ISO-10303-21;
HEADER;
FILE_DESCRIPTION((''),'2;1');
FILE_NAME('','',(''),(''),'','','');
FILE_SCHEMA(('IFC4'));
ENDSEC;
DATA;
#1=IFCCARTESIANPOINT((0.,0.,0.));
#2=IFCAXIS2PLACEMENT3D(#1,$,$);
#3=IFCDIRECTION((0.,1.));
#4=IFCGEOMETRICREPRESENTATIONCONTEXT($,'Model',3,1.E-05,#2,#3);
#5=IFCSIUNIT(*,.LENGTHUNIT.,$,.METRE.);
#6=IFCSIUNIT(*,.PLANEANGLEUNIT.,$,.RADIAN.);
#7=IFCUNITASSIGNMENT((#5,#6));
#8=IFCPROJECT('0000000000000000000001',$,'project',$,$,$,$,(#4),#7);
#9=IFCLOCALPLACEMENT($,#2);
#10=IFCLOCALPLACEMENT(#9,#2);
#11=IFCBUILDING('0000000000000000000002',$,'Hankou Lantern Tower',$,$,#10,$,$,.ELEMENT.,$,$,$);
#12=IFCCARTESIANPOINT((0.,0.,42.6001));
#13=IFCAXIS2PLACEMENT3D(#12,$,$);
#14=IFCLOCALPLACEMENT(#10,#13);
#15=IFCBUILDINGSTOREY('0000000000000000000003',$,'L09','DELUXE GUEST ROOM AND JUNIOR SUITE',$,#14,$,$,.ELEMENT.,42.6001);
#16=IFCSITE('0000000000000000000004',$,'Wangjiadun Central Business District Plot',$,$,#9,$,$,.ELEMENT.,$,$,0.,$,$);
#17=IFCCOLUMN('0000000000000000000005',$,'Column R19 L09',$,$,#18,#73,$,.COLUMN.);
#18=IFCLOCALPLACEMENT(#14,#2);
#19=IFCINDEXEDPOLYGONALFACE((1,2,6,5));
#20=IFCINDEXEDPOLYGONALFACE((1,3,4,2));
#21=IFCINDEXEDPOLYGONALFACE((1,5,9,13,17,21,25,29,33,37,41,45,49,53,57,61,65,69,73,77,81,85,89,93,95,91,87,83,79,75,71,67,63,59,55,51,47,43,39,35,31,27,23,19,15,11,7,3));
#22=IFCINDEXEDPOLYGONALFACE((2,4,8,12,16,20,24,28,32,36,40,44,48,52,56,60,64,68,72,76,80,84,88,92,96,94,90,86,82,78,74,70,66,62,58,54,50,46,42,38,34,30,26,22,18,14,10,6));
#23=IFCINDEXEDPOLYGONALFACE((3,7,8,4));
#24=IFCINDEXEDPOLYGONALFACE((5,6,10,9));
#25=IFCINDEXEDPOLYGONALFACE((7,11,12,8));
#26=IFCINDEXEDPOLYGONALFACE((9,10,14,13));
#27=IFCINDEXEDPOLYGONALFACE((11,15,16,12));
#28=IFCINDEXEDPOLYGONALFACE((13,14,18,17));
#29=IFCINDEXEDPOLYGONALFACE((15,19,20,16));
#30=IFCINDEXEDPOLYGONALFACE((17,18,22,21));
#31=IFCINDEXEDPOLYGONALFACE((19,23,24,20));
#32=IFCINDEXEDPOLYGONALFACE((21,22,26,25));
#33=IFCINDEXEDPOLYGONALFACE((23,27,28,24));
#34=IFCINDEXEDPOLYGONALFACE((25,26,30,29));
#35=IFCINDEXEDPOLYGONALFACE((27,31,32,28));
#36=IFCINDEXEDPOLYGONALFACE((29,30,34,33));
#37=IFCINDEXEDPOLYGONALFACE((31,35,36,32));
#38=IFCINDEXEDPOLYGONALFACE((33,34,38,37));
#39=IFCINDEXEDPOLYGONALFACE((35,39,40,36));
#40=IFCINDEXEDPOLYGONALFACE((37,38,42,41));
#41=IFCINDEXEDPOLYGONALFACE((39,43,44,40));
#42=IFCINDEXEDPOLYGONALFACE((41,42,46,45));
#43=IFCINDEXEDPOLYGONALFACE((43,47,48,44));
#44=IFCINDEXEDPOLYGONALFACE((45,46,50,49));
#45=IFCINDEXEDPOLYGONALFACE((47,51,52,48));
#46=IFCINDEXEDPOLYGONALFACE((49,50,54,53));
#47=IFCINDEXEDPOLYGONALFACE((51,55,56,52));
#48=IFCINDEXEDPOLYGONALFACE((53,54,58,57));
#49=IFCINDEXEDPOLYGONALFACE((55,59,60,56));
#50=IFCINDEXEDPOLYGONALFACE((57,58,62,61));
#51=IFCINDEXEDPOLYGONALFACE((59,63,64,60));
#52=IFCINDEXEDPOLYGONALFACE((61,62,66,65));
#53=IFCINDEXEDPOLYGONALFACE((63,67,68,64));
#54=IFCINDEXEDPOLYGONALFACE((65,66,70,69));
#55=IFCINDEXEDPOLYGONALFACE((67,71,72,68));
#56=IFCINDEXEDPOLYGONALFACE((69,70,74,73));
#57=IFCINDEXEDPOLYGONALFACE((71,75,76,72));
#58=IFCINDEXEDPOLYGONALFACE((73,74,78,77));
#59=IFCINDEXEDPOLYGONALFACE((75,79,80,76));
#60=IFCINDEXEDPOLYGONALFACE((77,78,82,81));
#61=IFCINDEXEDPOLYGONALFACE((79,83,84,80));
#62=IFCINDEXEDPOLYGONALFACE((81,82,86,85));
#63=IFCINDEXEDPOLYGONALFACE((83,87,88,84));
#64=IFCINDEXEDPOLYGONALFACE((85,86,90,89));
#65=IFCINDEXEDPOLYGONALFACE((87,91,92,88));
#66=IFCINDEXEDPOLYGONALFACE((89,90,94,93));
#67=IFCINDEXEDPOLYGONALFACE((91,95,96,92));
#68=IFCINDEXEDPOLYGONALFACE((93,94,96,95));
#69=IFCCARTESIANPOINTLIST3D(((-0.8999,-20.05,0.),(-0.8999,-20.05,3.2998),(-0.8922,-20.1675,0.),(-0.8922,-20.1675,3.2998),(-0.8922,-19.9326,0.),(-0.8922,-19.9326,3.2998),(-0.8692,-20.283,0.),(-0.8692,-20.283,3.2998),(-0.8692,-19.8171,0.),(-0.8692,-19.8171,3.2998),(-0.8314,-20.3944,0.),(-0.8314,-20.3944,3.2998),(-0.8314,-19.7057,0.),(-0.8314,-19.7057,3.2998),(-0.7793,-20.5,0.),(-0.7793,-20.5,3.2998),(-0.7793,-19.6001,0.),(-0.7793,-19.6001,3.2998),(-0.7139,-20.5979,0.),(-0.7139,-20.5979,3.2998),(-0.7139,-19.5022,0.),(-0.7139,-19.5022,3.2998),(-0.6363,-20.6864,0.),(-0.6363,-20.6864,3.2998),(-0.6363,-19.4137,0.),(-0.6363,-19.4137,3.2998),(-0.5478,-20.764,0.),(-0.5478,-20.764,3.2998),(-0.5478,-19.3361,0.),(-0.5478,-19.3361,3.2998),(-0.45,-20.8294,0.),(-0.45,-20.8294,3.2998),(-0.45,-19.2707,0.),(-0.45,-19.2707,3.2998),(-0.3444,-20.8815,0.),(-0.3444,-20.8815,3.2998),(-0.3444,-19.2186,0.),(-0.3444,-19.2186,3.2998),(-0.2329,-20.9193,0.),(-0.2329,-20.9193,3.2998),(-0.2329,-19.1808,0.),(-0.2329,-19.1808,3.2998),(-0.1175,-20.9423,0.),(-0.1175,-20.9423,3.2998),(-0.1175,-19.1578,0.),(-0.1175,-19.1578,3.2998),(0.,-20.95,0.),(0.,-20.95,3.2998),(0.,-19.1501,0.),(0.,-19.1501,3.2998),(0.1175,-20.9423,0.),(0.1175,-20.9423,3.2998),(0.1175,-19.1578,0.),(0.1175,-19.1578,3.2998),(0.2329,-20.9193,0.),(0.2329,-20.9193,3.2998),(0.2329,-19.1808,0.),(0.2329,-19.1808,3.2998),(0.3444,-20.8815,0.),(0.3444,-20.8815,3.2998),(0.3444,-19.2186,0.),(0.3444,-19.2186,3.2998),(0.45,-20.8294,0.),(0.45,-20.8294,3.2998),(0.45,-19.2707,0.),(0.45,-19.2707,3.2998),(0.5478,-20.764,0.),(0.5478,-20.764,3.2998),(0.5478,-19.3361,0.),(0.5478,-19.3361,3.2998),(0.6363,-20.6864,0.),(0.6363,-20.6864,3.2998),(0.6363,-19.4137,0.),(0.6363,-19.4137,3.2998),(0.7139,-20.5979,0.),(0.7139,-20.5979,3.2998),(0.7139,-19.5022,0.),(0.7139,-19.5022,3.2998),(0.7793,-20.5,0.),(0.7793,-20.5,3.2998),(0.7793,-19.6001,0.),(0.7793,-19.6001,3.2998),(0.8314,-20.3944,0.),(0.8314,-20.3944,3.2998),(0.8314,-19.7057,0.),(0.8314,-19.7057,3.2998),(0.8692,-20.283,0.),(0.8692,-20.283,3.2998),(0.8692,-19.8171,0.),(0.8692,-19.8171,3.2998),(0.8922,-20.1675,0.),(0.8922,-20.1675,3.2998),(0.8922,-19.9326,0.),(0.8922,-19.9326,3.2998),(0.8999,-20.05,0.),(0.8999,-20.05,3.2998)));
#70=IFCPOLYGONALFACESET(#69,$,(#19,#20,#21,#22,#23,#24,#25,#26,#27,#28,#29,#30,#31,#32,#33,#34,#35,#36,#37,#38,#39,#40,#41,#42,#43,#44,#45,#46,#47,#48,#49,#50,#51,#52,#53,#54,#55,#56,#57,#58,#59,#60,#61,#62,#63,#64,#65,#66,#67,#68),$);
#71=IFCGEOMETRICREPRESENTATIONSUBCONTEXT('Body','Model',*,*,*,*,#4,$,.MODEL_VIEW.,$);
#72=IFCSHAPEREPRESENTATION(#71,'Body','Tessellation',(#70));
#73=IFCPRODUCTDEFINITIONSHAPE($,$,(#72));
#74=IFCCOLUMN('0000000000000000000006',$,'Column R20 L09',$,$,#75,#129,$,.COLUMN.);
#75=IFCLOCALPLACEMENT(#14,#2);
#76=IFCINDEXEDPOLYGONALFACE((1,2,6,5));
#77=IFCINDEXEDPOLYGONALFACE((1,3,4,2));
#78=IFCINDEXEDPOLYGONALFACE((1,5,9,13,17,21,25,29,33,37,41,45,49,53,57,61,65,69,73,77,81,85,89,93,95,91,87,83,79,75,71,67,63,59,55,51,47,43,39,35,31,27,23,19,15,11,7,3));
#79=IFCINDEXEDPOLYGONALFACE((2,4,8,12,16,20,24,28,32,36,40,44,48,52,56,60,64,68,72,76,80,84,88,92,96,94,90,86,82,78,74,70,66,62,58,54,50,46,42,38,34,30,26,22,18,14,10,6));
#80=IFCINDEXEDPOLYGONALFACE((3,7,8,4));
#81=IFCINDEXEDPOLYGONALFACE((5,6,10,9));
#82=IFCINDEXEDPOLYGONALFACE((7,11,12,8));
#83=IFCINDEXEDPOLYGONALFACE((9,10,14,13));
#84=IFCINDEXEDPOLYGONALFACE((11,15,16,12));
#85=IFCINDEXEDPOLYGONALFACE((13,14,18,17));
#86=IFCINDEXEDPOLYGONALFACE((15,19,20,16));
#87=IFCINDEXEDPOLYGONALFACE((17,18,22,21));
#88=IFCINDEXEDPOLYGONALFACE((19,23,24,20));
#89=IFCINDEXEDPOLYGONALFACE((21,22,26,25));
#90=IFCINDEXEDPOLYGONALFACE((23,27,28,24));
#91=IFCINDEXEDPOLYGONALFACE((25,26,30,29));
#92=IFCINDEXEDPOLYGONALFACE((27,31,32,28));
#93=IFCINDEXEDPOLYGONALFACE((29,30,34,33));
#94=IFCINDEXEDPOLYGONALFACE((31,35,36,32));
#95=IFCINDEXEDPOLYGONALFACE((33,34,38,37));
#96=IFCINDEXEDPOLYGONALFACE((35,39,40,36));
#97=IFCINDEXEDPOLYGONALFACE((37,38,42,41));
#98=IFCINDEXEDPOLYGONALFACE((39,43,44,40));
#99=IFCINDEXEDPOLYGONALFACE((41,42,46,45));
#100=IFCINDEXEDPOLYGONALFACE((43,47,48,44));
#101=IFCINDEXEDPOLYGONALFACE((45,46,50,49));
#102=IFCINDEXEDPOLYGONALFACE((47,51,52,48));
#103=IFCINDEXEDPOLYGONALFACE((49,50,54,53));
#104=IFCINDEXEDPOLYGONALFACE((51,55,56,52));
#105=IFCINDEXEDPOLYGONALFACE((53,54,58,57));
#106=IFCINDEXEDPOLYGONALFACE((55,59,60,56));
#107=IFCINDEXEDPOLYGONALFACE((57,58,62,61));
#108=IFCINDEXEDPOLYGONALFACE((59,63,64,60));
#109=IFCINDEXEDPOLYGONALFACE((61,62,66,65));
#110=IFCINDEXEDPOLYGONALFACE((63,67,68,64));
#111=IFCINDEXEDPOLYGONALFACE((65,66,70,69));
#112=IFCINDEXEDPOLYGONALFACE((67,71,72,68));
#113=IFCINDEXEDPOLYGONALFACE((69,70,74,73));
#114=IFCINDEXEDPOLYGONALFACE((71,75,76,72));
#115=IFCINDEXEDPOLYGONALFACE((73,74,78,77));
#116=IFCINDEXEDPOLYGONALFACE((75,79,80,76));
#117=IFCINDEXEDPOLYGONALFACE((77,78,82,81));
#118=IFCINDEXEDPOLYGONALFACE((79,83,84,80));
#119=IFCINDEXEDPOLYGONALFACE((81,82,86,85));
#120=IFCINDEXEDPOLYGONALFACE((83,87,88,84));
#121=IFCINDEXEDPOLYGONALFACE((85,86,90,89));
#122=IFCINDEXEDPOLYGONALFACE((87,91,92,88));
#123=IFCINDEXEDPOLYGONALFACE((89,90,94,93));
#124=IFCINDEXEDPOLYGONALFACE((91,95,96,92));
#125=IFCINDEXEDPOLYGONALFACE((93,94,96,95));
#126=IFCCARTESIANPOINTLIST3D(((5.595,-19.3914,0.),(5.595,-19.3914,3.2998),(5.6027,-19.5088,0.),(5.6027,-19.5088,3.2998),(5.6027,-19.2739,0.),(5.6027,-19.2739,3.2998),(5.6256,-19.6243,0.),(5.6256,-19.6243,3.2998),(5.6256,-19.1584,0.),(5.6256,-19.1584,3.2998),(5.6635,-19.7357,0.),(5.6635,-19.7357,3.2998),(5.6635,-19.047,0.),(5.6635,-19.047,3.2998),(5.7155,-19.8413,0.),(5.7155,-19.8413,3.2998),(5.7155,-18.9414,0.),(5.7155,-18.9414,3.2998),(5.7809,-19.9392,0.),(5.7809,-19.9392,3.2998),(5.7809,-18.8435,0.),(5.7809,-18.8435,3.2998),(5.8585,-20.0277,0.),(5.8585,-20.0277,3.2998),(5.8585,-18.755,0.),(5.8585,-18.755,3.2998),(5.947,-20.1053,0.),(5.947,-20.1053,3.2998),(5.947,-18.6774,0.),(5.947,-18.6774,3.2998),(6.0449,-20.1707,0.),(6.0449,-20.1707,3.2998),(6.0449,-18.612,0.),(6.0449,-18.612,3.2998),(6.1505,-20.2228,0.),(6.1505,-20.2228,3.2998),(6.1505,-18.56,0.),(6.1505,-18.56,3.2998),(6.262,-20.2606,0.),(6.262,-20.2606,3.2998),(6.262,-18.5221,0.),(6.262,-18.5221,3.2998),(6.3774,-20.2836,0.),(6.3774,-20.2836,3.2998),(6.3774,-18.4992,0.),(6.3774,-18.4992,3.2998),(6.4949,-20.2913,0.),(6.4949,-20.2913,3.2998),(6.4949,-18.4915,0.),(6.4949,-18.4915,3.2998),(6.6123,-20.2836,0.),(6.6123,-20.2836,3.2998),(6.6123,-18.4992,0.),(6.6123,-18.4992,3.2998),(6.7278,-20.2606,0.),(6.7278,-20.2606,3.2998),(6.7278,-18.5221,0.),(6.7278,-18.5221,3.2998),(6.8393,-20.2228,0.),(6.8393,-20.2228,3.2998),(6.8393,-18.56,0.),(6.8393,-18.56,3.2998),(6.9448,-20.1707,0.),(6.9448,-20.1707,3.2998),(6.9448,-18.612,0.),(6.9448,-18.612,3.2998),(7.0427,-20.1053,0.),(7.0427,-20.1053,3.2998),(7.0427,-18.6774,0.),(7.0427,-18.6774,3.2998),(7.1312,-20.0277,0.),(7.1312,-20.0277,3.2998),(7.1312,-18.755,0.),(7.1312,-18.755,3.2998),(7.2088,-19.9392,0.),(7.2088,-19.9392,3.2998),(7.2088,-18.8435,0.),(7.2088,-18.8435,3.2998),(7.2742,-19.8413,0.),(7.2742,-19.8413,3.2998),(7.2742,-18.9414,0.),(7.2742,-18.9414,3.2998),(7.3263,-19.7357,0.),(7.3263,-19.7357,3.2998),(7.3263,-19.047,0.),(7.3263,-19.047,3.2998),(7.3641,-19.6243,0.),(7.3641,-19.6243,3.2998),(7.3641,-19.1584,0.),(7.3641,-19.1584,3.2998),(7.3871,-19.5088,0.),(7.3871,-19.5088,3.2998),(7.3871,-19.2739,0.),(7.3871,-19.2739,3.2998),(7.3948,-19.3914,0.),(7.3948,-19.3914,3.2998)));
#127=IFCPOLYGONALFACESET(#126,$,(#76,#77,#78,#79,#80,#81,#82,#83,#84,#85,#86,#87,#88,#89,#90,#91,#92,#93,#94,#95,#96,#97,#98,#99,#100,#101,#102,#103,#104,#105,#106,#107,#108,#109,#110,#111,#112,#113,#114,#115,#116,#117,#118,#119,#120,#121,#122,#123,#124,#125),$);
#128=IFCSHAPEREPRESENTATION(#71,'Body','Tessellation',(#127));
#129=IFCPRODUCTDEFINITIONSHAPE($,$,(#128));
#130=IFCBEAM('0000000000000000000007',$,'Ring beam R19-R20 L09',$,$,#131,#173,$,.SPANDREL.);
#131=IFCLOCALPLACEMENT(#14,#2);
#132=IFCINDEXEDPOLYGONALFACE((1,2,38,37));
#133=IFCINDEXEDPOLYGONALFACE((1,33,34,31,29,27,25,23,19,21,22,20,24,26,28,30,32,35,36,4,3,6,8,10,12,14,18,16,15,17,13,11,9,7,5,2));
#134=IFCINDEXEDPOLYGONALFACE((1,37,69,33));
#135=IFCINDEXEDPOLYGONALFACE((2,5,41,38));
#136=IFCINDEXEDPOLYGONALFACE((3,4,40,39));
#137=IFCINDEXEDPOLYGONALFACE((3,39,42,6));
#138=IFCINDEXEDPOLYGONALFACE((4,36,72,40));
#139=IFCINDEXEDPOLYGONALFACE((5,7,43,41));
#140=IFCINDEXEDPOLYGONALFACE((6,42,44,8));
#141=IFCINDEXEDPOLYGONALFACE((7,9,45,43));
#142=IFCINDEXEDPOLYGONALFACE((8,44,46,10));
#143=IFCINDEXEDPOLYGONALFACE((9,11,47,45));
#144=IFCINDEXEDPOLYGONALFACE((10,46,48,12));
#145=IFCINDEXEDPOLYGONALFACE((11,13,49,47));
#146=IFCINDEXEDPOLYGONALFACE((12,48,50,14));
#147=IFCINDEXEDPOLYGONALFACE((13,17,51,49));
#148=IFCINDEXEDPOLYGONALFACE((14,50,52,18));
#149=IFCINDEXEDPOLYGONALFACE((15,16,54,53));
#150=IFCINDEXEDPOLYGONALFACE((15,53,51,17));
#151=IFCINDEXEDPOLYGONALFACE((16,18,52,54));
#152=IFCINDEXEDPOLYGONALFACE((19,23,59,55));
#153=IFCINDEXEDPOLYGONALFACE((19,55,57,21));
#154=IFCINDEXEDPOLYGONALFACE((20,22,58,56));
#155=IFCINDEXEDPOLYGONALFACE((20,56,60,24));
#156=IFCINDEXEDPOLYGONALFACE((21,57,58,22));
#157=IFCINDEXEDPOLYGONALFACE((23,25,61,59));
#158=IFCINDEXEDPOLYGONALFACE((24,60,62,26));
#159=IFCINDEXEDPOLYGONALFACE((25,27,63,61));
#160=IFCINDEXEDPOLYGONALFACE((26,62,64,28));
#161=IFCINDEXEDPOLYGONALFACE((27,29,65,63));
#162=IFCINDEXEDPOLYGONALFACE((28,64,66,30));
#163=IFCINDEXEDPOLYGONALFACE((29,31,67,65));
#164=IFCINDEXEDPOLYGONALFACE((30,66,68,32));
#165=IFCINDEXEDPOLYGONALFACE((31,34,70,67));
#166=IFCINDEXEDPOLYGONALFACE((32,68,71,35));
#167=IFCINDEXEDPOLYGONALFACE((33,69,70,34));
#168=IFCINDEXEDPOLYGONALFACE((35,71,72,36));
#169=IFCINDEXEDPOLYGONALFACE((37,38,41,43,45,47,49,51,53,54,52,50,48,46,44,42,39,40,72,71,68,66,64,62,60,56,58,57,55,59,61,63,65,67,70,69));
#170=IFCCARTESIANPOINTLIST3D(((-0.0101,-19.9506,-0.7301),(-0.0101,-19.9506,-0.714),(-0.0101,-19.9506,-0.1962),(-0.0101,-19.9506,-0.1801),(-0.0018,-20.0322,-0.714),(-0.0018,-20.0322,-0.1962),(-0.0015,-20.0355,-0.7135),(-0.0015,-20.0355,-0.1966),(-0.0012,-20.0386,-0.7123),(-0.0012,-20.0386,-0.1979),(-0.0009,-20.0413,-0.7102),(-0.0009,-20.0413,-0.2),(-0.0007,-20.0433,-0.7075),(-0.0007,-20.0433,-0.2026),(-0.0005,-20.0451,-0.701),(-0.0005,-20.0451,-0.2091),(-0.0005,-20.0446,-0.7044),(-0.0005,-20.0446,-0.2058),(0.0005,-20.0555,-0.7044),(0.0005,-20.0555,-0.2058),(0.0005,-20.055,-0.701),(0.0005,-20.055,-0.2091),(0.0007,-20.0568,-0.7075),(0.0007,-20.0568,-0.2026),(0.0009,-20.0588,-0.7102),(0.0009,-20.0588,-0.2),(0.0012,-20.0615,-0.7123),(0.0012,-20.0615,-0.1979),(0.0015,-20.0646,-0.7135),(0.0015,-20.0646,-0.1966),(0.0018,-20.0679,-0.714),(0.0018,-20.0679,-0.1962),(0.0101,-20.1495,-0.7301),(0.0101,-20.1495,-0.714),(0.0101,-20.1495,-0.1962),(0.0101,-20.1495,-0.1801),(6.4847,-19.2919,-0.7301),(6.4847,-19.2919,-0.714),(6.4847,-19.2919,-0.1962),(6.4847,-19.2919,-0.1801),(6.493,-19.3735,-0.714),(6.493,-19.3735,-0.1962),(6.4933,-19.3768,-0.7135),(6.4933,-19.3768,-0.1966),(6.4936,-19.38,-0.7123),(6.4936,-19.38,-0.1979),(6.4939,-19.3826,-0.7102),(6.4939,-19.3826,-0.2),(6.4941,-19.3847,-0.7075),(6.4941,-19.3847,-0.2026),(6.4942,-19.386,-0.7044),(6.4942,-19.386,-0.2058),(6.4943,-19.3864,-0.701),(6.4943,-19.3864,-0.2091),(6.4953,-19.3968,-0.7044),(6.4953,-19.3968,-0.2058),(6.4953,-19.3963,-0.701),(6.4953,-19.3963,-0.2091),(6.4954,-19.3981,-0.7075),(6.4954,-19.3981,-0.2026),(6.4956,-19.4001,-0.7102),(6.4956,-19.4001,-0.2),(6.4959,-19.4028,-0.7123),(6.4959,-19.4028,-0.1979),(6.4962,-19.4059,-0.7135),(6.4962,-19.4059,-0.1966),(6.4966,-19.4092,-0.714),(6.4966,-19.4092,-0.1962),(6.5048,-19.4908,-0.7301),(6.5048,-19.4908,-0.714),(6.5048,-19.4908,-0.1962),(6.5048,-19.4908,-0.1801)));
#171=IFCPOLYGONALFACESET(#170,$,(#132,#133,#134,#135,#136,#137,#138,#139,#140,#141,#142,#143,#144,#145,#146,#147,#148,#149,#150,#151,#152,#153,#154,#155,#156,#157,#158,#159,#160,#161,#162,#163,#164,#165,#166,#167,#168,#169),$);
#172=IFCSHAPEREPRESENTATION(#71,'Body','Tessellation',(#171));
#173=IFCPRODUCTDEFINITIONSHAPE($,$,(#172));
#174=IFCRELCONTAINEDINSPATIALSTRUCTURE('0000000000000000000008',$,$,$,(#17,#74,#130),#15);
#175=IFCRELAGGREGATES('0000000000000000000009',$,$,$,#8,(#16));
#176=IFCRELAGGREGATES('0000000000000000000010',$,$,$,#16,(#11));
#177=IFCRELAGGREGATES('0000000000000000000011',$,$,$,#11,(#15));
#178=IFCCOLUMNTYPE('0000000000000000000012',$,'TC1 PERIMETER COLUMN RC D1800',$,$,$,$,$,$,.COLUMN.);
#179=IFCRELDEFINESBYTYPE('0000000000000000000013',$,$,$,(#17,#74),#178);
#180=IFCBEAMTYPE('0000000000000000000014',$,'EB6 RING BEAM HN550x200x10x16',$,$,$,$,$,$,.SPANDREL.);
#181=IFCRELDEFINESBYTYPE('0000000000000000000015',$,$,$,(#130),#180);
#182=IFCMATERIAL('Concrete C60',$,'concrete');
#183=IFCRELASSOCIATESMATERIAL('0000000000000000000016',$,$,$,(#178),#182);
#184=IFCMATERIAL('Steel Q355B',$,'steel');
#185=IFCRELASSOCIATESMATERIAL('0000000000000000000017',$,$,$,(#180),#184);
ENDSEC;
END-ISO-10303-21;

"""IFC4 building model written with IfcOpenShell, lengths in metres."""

from ifc_helpers import new_model, si_unit, direction, frame, origin, origin_2d, place, context, subcontext, project, spatial, circle, i_section, extrude, material, material_profile, profile_set, type_object, element, save


model = new_model("IFC4")

# Units and contexts
model_context = context("Model", 3, precision=1e-05, world=origin(), true_north=direction((0.0, 1.0)))
body_context = subcontext(model_context, "Body", "Model", "MODEL_VIEW")
ifc_project = project(units=[si_unit("LENGTHUNIT", "METRE"), si_unit("PLANEANGLEUNIT", "RADIAN")], contexts=[model_context])

# Site, building, storey
site_placement = place(None, origin())
site = spatial("IfcSite", under=ifc_project, at=site_placement, Name="Wangjiadun Central Business District Plot", CompositionType="ELEMENT", RefElevation=0.0)
building_placement = place(site_placement, origin())
building = spatial("IfcBuilding", under=site, at=building_placement, Name="Hankou Lantern Tower", CompositionType="ELEMENT")
storey_placement = place(building_placement, frame((0.0, 0.0, 42.6001)))
storey = spatial("IfcBuildingStorey", under=building, at=storey_placement, Name="L09", Description="DELUXE GUEST ROOM AND JUNIOR SUITE", CompositionType="ELEMENT", Elevation=42.6001)

# Columns
ifc_material_1 = material(Name="Concrete C60", Category="concrete")
ifc_material_profile_1 = material_profile(ifc_material_1, circle(Radius=0.8999, at=origin_2d()), Name="RC D1800")
ifc_profile_set_1 = profile_set([ifc_material_profile_1], Name="Concrete C60")
column_type = type_object("IfcColumnType", Name="TC1 PERIMETER COLUMN RC D1800", PredefinedType="COLUMN", material=ifc_profile_set_1)
for number, where, z_axis, x_axis, name in (
    (1, (0.0, -20.05, 0.0), (0.0, 0.0, 1.0), (1.0, 0.0, 0.0), "Column R19 L09"),
    (2, (6.4949, -19.3914, 0.0), (0.0, 0.0, 1.0), (1.0, 0.0, 0.0), "Column R20 L09"),
):
    element("IfcColumn", number, at=place(storey_placement, frame(where, z_axis=z_axis, x_axis=x_axis)), inside=storey, type_object=column_type, Name=name, PredefinedType="COLUMN", context=body_context, shape_type="SweptSolid", body=[
        extrude(circle(Radius=0.8999, at=origin_2d()), origin(), (0.0, 0.0, 1.0), 3.2998),
    ])

# Beam
ifc_material_2 = material(Name="Steel Q355B", Category="steel")
ifc_material_profile_2 = material_profile(ifc_material_2, i_section(OverallWidth=0.2, OverallDepth=0.55, WebThickness=0.01, FlangeThickness=0.0161, FilletRadius=0.0129, at=origin_2d()), Name="HN550x200x10x16")
ifc_profile_set_2 = profile_set([ifc_material_profile_2], Name="Steel Q355B")
beam_type_1 = type_object("IfcBeamType", Name="EB6 RING BEAM HN550x200x10x16", PredefinedType="SPANDREL", material=ifc_profile_set_2)
beam_1_placement = place(storey_placement, frame((0.0, -20.05, -0.4551), z_axis=(0.994897, 0.1009, 0.0), x_axis=(-0.1009, 0.994897, 0.0)))
element("IfcBeam", 3, at=beam_1_placement, inside=storey, type_object=beam_type_1, Name="Ring beam R19-R20 L09", PredefinedType="SPANDREL", context=body_context, shape_type="SweptSolid", body=[
    extrude(i_section(OverallWidth=0.2, OverallDepth=0.55, WebThickness=0.01, FlangeThickness=0.0161, FilletRadius=0.0129, at=origin_2d()), origin(), (0.0, 0.0, 1.0), 6.5281),
])

save(model, "model.ifc")
